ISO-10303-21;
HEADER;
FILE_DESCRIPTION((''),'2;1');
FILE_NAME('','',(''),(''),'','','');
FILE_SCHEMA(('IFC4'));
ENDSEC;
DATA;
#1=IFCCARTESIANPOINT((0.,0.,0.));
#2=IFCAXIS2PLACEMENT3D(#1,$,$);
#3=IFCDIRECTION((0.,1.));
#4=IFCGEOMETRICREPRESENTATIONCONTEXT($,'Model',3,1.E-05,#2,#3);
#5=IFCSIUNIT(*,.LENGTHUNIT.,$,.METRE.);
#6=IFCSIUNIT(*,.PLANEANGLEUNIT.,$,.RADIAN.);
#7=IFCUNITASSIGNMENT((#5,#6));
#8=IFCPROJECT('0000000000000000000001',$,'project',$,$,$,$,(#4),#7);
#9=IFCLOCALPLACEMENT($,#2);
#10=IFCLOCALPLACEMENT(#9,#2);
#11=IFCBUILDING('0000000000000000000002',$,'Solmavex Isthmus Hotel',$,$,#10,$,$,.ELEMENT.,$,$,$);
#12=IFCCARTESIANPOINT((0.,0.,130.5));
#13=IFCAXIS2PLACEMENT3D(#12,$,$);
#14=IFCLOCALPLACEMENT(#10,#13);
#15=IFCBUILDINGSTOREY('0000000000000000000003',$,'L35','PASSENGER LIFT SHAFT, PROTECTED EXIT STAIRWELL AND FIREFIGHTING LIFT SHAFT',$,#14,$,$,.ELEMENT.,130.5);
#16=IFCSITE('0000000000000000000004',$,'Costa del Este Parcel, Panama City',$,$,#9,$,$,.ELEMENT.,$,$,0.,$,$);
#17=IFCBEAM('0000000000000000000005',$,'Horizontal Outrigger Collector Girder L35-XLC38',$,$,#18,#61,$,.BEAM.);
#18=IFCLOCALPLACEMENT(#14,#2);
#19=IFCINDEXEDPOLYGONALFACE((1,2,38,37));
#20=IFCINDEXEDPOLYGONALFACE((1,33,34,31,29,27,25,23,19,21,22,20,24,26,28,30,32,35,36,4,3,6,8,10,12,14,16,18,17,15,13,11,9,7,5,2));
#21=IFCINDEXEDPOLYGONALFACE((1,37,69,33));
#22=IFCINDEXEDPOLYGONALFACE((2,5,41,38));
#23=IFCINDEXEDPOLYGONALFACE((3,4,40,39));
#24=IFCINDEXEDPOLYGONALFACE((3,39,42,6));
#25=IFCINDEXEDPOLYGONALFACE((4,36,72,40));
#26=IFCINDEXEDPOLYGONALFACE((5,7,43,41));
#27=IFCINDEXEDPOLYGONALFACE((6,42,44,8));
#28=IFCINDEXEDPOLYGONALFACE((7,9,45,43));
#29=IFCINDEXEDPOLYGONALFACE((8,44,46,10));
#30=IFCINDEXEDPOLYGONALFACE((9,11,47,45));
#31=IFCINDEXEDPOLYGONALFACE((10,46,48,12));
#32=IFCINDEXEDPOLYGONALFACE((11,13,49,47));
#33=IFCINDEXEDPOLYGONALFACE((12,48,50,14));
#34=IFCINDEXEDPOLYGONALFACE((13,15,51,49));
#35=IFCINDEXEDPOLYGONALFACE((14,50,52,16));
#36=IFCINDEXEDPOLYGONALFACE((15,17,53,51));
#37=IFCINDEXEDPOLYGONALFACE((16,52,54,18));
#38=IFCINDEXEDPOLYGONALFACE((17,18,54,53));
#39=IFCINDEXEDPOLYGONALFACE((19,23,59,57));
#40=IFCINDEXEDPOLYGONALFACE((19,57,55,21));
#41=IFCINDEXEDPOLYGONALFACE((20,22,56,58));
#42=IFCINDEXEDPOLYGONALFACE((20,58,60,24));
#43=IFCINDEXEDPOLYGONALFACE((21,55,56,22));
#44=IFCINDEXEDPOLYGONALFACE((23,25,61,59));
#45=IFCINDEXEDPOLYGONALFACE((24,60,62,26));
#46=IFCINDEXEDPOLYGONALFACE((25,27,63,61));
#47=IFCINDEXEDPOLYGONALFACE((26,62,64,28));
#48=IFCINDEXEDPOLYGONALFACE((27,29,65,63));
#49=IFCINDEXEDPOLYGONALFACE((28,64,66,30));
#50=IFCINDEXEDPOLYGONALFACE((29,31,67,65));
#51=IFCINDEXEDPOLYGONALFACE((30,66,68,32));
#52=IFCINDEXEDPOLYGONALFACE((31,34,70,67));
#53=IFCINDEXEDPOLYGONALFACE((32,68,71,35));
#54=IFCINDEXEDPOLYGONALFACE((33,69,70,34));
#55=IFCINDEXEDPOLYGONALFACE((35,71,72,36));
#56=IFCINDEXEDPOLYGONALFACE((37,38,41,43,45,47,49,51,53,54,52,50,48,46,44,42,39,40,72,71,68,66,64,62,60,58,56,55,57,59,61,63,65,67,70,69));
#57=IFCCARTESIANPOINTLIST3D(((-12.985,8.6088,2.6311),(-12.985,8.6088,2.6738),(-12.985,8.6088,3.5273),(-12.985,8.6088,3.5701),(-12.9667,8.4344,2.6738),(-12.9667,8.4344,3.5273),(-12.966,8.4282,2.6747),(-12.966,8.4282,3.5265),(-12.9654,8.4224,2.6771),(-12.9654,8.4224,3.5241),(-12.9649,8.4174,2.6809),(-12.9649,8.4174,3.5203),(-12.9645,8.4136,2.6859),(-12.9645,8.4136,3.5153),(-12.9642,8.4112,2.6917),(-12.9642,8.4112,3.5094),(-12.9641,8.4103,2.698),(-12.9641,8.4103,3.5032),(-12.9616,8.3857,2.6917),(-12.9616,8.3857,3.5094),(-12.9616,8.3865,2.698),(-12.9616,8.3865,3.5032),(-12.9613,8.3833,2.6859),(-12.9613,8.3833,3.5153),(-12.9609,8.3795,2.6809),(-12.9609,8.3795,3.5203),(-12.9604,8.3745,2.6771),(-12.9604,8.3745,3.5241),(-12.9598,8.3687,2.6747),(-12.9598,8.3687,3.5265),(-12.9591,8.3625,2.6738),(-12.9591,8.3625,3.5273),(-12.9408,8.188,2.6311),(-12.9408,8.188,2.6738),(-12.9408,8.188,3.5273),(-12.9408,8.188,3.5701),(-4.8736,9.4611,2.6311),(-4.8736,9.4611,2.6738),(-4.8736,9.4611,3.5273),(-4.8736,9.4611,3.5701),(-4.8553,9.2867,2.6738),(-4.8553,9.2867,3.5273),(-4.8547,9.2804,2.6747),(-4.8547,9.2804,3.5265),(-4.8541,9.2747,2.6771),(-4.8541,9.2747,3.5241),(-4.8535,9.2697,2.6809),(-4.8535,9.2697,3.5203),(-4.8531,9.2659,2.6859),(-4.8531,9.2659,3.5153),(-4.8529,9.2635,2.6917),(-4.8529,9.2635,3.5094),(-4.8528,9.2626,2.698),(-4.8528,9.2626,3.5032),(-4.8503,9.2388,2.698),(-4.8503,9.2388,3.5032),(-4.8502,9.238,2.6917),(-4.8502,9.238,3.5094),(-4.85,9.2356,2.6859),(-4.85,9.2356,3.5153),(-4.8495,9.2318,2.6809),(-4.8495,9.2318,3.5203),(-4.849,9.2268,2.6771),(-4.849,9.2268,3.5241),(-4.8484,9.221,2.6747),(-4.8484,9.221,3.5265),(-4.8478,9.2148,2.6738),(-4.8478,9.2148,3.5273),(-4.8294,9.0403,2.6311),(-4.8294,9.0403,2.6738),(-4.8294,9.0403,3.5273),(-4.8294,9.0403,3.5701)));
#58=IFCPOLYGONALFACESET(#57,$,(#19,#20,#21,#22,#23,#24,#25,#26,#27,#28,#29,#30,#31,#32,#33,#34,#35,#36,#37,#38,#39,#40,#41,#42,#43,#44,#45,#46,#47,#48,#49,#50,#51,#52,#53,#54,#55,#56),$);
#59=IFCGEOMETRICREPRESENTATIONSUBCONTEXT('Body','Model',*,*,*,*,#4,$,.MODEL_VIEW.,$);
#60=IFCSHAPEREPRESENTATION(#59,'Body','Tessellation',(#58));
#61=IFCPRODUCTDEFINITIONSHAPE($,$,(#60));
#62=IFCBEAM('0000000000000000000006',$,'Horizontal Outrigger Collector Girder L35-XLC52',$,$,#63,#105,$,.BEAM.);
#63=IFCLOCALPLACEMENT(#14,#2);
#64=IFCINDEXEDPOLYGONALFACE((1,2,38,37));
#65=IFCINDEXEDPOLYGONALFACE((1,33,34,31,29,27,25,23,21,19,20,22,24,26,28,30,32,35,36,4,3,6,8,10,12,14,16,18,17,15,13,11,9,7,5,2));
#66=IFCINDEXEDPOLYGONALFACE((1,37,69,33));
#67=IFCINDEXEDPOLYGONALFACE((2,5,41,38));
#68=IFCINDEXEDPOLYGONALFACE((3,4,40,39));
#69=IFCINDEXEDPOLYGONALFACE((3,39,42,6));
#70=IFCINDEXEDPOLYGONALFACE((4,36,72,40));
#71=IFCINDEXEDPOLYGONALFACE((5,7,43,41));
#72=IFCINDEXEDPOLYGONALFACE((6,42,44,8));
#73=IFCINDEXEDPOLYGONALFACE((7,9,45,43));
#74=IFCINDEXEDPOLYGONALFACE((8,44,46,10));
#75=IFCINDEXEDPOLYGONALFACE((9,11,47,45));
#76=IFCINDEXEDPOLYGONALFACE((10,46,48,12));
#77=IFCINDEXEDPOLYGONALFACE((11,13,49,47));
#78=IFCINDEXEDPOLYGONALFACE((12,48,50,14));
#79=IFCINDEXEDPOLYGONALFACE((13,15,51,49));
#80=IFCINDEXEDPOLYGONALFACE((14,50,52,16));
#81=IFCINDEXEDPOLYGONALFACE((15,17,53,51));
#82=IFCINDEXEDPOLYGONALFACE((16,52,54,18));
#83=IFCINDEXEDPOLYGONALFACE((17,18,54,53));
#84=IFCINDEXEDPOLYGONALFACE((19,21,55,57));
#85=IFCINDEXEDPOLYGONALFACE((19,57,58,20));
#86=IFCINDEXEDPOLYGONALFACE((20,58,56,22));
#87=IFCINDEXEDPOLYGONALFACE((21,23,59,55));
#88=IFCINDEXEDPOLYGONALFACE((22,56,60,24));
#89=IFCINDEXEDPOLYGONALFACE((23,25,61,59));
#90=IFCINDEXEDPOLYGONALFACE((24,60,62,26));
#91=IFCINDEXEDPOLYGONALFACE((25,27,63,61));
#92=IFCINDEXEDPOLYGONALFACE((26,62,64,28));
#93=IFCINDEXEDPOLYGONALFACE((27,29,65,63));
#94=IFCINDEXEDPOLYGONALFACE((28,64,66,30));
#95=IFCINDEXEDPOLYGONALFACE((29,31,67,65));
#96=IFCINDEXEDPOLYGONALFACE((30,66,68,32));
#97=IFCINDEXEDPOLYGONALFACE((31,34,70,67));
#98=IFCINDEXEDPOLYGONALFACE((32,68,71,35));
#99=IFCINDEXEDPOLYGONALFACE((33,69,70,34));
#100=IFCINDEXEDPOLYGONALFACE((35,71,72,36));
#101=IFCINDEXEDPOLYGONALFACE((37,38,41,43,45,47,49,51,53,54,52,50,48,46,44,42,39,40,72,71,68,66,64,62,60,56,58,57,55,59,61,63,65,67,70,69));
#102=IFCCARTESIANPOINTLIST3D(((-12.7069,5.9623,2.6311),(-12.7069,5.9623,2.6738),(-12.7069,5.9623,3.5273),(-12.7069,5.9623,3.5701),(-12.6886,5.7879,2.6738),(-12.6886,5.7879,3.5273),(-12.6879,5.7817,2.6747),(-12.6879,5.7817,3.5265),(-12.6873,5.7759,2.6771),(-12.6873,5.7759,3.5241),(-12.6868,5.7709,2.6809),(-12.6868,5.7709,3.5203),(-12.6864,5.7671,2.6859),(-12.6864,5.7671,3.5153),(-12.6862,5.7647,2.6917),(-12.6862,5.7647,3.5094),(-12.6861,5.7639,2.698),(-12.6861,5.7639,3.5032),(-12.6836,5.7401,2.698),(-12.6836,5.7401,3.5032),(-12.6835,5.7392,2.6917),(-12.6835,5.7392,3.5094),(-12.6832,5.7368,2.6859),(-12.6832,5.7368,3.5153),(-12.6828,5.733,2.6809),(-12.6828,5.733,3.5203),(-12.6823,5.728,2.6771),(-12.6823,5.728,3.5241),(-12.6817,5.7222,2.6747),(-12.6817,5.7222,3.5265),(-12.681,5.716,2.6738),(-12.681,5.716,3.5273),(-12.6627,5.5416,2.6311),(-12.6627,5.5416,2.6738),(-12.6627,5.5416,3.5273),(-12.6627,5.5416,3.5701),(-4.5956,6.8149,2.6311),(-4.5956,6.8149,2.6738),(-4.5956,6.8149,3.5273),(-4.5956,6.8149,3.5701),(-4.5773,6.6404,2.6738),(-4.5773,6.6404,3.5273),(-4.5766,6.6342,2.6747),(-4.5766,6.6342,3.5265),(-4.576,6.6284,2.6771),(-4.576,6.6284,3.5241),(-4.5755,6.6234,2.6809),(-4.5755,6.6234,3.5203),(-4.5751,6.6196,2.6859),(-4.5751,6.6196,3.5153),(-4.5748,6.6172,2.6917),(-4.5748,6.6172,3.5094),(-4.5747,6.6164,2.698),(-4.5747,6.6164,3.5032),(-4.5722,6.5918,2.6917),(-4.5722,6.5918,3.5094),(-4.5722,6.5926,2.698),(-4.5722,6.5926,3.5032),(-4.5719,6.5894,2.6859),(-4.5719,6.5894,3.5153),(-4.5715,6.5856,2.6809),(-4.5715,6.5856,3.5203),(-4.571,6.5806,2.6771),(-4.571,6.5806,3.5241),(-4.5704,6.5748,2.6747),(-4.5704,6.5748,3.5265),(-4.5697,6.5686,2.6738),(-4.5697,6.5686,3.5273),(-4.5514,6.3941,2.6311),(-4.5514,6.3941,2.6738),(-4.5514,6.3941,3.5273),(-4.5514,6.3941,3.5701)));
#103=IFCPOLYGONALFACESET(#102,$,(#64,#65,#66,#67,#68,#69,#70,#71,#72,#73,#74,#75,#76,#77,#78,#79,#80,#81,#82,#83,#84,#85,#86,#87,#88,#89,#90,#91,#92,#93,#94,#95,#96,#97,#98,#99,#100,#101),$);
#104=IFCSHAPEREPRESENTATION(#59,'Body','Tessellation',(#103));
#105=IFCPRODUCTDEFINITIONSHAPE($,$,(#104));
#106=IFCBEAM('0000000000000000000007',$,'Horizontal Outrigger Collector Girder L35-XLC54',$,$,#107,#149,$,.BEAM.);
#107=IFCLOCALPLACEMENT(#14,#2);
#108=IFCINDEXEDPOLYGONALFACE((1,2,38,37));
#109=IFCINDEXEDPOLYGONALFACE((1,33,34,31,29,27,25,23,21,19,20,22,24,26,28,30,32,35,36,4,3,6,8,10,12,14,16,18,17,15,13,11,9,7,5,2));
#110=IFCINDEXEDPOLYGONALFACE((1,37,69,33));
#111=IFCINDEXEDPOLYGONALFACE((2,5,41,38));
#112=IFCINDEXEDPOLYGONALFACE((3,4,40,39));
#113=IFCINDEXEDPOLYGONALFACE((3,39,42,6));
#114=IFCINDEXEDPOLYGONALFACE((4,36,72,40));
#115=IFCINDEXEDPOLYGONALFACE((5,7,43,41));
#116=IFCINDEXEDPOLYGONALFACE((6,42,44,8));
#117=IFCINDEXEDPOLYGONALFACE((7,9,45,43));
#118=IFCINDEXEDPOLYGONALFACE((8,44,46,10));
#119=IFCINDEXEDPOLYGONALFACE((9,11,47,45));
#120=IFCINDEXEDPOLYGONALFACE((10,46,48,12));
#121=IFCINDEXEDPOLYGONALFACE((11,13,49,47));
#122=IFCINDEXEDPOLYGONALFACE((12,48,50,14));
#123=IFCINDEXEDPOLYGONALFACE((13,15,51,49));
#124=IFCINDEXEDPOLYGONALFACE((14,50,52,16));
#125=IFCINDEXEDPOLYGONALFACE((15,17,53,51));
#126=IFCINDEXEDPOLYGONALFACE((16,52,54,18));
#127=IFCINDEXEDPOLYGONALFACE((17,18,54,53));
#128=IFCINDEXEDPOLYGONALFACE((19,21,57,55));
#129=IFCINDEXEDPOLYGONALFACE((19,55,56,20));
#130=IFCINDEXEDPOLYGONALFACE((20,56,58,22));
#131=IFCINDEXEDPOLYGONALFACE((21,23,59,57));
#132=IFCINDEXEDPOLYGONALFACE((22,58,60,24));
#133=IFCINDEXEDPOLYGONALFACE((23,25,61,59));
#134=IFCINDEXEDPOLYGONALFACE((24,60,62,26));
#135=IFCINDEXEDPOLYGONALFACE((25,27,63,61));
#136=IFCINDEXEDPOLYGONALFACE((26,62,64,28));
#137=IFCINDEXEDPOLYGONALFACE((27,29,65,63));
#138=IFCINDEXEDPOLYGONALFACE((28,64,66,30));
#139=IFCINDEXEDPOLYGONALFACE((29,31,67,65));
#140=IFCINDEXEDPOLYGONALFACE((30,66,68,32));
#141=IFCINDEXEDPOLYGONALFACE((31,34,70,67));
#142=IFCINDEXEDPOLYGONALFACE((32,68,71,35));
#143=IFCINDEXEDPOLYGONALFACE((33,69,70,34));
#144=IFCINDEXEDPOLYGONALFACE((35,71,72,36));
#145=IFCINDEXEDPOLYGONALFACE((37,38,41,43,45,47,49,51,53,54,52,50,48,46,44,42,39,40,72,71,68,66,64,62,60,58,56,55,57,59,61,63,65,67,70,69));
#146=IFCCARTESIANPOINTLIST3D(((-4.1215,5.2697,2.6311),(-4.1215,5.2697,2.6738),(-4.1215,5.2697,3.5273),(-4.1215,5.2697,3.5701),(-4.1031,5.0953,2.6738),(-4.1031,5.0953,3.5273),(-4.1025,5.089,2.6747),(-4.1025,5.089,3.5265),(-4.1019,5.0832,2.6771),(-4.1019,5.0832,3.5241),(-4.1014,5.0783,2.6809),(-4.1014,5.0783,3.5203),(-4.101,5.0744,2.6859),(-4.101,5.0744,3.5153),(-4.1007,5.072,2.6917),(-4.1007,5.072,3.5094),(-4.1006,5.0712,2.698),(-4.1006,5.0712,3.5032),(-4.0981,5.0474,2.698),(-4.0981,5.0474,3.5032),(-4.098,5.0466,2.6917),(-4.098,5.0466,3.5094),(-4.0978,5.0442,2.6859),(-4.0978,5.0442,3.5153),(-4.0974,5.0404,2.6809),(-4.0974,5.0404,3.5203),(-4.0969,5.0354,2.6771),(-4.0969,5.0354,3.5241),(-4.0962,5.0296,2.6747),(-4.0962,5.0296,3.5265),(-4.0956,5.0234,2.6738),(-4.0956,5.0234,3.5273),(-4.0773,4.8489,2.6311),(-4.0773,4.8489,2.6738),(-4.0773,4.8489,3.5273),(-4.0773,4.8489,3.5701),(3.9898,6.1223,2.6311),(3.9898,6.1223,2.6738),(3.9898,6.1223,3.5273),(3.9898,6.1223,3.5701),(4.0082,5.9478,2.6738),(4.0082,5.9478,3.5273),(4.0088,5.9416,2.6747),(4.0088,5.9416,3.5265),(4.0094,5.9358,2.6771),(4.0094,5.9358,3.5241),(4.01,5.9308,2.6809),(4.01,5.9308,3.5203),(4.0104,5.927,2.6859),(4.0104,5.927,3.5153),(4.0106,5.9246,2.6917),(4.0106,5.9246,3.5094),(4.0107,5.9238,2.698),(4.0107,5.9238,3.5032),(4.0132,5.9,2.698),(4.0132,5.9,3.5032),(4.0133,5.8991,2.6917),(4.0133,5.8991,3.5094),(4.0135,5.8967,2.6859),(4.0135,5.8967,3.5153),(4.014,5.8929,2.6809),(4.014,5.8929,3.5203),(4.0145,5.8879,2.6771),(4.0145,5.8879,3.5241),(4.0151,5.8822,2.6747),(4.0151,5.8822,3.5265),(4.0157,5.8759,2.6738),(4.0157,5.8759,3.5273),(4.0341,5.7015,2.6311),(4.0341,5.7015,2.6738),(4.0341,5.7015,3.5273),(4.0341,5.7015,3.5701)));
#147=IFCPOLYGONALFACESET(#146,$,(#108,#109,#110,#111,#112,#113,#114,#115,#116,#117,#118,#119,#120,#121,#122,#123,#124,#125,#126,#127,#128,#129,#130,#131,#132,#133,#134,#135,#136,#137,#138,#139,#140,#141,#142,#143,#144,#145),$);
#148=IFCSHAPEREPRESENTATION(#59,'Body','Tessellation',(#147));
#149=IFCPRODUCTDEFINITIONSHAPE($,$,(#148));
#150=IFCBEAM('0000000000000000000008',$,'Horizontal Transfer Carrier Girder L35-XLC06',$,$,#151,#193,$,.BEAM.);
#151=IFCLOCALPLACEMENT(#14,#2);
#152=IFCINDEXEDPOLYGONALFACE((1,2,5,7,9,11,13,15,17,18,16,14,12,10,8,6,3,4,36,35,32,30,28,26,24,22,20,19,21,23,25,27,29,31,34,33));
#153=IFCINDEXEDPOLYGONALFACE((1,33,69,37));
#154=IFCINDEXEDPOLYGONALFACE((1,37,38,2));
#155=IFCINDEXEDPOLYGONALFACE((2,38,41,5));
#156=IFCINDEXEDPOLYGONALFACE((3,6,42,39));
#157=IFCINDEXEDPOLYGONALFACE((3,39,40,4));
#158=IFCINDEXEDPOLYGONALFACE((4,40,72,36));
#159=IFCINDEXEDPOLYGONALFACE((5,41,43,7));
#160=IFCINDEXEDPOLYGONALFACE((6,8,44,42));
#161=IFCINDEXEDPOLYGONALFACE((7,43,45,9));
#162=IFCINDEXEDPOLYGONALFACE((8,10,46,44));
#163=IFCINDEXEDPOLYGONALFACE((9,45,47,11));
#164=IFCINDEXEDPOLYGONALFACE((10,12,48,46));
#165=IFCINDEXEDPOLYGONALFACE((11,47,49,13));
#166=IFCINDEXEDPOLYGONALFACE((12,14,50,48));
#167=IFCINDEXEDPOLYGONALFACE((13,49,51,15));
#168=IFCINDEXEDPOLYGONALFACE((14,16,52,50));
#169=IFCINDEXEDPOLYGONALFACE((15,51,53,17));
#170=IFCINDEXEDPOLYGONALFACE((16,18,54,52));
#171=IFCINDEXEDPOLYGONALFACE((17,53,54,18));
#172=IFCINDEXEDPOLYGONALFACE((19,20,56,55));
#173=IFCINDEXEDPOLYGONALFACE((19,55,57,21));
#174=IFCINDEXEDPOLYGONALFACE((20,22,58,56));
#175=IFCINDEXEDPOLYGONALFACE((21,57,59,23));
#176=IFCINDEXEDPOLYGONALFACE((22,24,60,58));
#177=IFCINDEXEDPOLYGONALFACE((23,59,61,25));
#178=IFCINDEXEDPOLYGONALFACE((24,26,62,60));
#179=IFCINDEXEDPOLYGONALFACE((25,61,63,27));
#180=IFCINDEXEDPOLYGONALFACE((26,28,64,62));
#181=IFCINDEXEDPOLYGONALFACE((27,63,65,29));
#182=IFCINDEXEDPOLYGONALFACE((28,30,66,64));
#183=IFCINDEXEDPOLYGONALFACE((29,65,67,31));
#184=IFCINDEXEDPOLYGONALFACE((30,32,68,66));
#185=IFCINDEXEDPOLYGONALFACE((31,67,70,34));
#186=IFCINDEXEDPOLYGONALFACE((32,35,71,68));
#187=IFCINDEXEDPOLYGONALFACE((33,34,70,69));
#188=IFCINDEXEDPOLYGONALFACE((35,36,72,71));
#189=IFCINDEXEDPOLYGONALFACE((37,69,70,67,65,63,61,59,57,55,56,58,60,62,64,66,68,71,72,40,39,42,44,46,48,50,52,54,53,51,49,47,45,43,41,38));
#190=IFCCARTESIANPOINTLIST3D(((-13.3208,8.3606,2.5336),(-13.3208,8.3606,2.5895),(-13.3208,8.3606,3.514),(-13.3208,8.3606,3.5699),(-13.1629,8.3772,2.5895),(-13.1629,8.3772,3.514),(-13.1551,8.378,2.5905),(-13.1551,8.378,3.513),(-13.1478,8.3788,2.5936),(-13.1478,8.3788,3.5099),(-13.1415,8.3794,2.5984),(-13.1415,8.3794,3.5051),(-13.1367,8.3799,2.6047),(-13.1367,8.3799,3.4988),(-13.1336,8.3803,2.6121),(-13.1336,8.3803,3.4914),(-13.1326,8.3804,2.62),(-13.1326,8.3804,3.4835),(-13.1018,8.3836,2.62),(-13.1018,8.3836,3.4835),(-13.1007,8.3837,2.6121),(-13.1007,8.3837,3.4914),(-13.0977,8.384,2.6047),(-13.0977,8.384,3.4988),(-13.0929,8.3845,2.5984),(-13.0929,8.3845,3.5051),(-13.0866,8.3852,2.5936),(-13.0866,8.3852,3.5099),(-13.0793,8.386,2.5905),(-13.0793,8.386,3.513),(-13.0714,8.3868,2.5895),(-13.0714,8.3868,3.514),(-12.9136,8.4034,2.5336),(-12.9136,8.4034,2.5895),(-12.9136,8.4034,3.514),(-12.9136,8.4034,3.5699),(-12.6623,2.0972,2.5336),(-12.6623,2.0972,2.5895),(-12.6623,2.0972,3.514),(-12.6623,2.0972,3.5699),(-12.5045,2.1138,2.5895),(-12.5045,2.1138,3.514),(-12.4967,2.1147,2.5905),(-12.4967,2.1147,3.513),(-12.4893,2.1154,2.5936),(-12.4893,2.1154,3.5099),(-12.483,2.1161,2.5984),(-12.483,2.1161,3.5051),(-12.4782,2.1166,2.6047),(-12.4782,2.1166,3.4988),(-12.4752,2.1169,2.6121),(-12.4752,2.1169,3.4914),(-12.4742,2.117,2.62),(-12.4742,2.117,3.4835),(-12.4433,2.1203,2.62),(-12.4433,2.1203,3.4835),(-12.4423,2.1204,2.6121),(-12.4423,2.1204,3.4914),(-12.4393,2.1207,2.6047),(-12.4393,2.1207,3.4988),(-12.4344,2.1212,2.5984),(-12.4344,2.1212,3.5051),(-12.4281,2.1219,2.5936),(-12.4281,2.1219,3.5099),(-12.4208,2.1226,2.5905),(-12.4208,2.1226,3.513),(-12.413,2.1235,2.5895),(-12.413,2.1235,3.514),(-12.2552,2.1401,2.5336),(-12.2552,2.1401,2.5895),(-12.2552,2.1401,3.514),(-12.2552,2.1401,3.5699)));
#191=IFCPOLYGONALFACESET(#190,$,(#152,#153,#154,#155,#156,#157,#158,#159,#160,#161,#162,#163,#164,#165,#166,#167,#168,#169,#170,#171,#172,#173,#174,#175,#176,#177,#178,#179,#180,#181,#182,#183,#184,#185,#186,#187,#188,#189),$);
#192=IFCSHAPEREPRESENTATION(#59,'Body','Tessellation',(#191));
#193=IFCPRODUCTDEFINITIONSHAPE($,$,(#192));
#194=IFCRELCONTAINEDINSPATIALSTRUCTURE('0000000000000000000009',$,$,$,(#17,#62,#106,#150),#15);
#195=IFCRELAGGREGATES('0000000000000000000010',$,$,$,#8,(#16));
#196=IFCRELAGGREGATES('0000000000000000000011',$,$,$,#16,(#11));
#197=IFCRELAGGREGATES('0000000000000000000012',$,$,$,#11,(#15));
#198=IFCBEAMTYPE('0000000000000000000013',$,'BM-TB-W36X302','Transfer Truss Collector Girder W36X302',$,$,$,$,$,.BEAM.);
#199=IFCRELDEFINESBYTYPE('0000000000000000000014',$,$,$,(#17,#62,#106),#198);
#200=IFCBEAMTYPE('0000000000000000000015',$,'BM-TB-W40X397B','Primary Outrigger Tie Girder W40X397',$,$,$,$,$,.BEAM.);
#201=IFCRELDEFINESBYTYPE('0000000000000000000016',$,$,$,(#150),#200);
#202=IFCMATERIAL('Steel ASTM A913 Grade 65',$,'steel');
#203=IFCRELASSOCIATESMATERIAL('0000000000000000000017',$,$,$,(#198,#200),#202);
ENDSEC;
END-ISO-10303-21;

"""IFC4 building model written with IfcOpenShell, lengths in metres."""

from ifc_helpers import new_model, si_unit, direction, frame, origin, origin_2d, place, context, subcontext, project, spatial, i_section, extrude, material, material_profile, profile_set, type_object, element, save


model = new_model("IFC4")

# Units and contexts
model_context = context("Model", 3, precision=1e-05, world=origin(), true_north=direction((0.0, 1.0)))
body_context = subcontext(model_context, "Body", "Model", "MODEL_VIEW")
ifc_project = project(units=[si_unit("LENGTHUNIT", "METRE"), si_unit("PLANEANGLEUNIT", "RADIAN")], contexts=[model_context])

# Site, building, storey
site_placement = place(None, origin())
site = spatial("IfcSite", under=ifc_project, at=site_placement, Name="Costa del Este Parcel, Panama City", CompositionType="ELEMENT", RefElevation=0.0)
building_placement = place(site_placement, origin())
building = spatial("IfcBuilding", under=site, at=building_placement, Name="Solmavex Isthmus Hotel", CompositionType="ELEMENT")
storey_placement = place(building_placement, frame((0.0, 0.0, 130.5)))
storey = spatial("IfcBuildingStorey", under=building, at=storey_placement, Name="L35", Description="PASSENGER LIFT SHAFT, PROTECTED EXIT STAIRWELL AND FIREFIGHTING LIFT SHAFT", CompositionType="ELEMENT", Elevation=130.5)

# Shared definitions
ifc_material_1 = material(Name="Steel ASTM A913 Grade 65", Category="steel")

# Beams
ifc_material_profile_1 = material_profile(ifc_material_1, i_section(OverallWidth=0.4231, OverallDepth=0.939, WebThickness=0.0239, FlangeThickness=0.0427, FilletRadius=0.0242, at=origin_2d()), Name="W36X302")
ifc_profile_set_1 = profile_set([ifc_material_profile_1], Name="Steel ASTM A913 Grade 65")
beam_type_1 = type_object("IfcBeamType", Name="BM-TB-W36X302", Description="Transfer Truss Collector Girder W36X302", PredefinedType="BEAM", material=ifc_profile_set_1)
for number, where, z_axis, x_axis, name in (
    (1, (-12.9629, 8.3984, 3.1006), (0.994525, 0.104499, 0.0), (-0.104499, 0.994525, 0.0), "Horizontal Outrigger Collector Girder L35-XLC38"),
    (2, (-12.6848, 5.752, 3.1006), (0.994522, 0.104529, 0.0), (-0.104529, 0.994522, 0.0), "Horizontal Outrigger Collector Girder L35-XLC52"),
    (3, (-4.0994, 5.0593, 3.1006), (0.994522, 0.104529, 0.0), (-0.104529, 0.994522, 0.0), "Horizontal Outrigger Collector Girder L35-XLC54"),
):
    element("IfcBeam", number, at=place(storey_placement, frame(where, z_axis=z_axis, x_axis=x_axis)), inside=storey, type_object=beam_type_1, Name=name, PredefinedType="BEAM", context=body_context, shape_type="SweptSolid", body=[
        extrude(i_section(OverallWidth=0.4231, OverallDepth=0.939, WebThickness=0.0239, FlangeThickness=0.0427, FilletRadius=0.0242, at=origin_2d()), origin(), (0.0, 0.0, 1.0), 8.156),
    ])
ifc_material_profile_2 = material_profile(ifc_material_1, i_section(OverallWidth=0.4094, OverallDepth=1.0364, WebThickness=0.031, FlangeThickness=0.0559, FilletRadius=0.0305, at=origin_2d()), Name="W40X397")
ifc_profile_set_2 = profile_set([ifc_material_profile_2], Name="Steel ASTM A913 Grade 65")
beam_type_2 = type_object("IfcBeamType", Name="BM-TB-W40X397B", Description="Primary Outrigger Tie Girder W40X397", PredefinedType="BEAM", material=ifc_profile_set_2)
beam_1_placement = place(storey_placement, frame((-12.4587, 2.1187, 3.0518), z_axis=(-0.10455, 0.99452, 0.0), x_axis=(-0.99452, -0.10455, 0.0)))
element("IfcBeam", 4, at=beam_1_placement, inside=storey, type_object=beam_type_2, Name="Horizontal Transfer Carrier Girder L35-XLC06", PredefinedType="BEAM", context=body_context, shape_type="SweptSolid", body=[
    extrude(i_section(OverallWidth=0.4094, OverallDepth=1.0364, WebThickness=0.031, FlangeThickness=0.0559, FilletRadius=0.0305, at=origin_2d()), origin(), (0.0, 0.0, 1.0), 6.2979),
])

save(model, "model.ifc")
